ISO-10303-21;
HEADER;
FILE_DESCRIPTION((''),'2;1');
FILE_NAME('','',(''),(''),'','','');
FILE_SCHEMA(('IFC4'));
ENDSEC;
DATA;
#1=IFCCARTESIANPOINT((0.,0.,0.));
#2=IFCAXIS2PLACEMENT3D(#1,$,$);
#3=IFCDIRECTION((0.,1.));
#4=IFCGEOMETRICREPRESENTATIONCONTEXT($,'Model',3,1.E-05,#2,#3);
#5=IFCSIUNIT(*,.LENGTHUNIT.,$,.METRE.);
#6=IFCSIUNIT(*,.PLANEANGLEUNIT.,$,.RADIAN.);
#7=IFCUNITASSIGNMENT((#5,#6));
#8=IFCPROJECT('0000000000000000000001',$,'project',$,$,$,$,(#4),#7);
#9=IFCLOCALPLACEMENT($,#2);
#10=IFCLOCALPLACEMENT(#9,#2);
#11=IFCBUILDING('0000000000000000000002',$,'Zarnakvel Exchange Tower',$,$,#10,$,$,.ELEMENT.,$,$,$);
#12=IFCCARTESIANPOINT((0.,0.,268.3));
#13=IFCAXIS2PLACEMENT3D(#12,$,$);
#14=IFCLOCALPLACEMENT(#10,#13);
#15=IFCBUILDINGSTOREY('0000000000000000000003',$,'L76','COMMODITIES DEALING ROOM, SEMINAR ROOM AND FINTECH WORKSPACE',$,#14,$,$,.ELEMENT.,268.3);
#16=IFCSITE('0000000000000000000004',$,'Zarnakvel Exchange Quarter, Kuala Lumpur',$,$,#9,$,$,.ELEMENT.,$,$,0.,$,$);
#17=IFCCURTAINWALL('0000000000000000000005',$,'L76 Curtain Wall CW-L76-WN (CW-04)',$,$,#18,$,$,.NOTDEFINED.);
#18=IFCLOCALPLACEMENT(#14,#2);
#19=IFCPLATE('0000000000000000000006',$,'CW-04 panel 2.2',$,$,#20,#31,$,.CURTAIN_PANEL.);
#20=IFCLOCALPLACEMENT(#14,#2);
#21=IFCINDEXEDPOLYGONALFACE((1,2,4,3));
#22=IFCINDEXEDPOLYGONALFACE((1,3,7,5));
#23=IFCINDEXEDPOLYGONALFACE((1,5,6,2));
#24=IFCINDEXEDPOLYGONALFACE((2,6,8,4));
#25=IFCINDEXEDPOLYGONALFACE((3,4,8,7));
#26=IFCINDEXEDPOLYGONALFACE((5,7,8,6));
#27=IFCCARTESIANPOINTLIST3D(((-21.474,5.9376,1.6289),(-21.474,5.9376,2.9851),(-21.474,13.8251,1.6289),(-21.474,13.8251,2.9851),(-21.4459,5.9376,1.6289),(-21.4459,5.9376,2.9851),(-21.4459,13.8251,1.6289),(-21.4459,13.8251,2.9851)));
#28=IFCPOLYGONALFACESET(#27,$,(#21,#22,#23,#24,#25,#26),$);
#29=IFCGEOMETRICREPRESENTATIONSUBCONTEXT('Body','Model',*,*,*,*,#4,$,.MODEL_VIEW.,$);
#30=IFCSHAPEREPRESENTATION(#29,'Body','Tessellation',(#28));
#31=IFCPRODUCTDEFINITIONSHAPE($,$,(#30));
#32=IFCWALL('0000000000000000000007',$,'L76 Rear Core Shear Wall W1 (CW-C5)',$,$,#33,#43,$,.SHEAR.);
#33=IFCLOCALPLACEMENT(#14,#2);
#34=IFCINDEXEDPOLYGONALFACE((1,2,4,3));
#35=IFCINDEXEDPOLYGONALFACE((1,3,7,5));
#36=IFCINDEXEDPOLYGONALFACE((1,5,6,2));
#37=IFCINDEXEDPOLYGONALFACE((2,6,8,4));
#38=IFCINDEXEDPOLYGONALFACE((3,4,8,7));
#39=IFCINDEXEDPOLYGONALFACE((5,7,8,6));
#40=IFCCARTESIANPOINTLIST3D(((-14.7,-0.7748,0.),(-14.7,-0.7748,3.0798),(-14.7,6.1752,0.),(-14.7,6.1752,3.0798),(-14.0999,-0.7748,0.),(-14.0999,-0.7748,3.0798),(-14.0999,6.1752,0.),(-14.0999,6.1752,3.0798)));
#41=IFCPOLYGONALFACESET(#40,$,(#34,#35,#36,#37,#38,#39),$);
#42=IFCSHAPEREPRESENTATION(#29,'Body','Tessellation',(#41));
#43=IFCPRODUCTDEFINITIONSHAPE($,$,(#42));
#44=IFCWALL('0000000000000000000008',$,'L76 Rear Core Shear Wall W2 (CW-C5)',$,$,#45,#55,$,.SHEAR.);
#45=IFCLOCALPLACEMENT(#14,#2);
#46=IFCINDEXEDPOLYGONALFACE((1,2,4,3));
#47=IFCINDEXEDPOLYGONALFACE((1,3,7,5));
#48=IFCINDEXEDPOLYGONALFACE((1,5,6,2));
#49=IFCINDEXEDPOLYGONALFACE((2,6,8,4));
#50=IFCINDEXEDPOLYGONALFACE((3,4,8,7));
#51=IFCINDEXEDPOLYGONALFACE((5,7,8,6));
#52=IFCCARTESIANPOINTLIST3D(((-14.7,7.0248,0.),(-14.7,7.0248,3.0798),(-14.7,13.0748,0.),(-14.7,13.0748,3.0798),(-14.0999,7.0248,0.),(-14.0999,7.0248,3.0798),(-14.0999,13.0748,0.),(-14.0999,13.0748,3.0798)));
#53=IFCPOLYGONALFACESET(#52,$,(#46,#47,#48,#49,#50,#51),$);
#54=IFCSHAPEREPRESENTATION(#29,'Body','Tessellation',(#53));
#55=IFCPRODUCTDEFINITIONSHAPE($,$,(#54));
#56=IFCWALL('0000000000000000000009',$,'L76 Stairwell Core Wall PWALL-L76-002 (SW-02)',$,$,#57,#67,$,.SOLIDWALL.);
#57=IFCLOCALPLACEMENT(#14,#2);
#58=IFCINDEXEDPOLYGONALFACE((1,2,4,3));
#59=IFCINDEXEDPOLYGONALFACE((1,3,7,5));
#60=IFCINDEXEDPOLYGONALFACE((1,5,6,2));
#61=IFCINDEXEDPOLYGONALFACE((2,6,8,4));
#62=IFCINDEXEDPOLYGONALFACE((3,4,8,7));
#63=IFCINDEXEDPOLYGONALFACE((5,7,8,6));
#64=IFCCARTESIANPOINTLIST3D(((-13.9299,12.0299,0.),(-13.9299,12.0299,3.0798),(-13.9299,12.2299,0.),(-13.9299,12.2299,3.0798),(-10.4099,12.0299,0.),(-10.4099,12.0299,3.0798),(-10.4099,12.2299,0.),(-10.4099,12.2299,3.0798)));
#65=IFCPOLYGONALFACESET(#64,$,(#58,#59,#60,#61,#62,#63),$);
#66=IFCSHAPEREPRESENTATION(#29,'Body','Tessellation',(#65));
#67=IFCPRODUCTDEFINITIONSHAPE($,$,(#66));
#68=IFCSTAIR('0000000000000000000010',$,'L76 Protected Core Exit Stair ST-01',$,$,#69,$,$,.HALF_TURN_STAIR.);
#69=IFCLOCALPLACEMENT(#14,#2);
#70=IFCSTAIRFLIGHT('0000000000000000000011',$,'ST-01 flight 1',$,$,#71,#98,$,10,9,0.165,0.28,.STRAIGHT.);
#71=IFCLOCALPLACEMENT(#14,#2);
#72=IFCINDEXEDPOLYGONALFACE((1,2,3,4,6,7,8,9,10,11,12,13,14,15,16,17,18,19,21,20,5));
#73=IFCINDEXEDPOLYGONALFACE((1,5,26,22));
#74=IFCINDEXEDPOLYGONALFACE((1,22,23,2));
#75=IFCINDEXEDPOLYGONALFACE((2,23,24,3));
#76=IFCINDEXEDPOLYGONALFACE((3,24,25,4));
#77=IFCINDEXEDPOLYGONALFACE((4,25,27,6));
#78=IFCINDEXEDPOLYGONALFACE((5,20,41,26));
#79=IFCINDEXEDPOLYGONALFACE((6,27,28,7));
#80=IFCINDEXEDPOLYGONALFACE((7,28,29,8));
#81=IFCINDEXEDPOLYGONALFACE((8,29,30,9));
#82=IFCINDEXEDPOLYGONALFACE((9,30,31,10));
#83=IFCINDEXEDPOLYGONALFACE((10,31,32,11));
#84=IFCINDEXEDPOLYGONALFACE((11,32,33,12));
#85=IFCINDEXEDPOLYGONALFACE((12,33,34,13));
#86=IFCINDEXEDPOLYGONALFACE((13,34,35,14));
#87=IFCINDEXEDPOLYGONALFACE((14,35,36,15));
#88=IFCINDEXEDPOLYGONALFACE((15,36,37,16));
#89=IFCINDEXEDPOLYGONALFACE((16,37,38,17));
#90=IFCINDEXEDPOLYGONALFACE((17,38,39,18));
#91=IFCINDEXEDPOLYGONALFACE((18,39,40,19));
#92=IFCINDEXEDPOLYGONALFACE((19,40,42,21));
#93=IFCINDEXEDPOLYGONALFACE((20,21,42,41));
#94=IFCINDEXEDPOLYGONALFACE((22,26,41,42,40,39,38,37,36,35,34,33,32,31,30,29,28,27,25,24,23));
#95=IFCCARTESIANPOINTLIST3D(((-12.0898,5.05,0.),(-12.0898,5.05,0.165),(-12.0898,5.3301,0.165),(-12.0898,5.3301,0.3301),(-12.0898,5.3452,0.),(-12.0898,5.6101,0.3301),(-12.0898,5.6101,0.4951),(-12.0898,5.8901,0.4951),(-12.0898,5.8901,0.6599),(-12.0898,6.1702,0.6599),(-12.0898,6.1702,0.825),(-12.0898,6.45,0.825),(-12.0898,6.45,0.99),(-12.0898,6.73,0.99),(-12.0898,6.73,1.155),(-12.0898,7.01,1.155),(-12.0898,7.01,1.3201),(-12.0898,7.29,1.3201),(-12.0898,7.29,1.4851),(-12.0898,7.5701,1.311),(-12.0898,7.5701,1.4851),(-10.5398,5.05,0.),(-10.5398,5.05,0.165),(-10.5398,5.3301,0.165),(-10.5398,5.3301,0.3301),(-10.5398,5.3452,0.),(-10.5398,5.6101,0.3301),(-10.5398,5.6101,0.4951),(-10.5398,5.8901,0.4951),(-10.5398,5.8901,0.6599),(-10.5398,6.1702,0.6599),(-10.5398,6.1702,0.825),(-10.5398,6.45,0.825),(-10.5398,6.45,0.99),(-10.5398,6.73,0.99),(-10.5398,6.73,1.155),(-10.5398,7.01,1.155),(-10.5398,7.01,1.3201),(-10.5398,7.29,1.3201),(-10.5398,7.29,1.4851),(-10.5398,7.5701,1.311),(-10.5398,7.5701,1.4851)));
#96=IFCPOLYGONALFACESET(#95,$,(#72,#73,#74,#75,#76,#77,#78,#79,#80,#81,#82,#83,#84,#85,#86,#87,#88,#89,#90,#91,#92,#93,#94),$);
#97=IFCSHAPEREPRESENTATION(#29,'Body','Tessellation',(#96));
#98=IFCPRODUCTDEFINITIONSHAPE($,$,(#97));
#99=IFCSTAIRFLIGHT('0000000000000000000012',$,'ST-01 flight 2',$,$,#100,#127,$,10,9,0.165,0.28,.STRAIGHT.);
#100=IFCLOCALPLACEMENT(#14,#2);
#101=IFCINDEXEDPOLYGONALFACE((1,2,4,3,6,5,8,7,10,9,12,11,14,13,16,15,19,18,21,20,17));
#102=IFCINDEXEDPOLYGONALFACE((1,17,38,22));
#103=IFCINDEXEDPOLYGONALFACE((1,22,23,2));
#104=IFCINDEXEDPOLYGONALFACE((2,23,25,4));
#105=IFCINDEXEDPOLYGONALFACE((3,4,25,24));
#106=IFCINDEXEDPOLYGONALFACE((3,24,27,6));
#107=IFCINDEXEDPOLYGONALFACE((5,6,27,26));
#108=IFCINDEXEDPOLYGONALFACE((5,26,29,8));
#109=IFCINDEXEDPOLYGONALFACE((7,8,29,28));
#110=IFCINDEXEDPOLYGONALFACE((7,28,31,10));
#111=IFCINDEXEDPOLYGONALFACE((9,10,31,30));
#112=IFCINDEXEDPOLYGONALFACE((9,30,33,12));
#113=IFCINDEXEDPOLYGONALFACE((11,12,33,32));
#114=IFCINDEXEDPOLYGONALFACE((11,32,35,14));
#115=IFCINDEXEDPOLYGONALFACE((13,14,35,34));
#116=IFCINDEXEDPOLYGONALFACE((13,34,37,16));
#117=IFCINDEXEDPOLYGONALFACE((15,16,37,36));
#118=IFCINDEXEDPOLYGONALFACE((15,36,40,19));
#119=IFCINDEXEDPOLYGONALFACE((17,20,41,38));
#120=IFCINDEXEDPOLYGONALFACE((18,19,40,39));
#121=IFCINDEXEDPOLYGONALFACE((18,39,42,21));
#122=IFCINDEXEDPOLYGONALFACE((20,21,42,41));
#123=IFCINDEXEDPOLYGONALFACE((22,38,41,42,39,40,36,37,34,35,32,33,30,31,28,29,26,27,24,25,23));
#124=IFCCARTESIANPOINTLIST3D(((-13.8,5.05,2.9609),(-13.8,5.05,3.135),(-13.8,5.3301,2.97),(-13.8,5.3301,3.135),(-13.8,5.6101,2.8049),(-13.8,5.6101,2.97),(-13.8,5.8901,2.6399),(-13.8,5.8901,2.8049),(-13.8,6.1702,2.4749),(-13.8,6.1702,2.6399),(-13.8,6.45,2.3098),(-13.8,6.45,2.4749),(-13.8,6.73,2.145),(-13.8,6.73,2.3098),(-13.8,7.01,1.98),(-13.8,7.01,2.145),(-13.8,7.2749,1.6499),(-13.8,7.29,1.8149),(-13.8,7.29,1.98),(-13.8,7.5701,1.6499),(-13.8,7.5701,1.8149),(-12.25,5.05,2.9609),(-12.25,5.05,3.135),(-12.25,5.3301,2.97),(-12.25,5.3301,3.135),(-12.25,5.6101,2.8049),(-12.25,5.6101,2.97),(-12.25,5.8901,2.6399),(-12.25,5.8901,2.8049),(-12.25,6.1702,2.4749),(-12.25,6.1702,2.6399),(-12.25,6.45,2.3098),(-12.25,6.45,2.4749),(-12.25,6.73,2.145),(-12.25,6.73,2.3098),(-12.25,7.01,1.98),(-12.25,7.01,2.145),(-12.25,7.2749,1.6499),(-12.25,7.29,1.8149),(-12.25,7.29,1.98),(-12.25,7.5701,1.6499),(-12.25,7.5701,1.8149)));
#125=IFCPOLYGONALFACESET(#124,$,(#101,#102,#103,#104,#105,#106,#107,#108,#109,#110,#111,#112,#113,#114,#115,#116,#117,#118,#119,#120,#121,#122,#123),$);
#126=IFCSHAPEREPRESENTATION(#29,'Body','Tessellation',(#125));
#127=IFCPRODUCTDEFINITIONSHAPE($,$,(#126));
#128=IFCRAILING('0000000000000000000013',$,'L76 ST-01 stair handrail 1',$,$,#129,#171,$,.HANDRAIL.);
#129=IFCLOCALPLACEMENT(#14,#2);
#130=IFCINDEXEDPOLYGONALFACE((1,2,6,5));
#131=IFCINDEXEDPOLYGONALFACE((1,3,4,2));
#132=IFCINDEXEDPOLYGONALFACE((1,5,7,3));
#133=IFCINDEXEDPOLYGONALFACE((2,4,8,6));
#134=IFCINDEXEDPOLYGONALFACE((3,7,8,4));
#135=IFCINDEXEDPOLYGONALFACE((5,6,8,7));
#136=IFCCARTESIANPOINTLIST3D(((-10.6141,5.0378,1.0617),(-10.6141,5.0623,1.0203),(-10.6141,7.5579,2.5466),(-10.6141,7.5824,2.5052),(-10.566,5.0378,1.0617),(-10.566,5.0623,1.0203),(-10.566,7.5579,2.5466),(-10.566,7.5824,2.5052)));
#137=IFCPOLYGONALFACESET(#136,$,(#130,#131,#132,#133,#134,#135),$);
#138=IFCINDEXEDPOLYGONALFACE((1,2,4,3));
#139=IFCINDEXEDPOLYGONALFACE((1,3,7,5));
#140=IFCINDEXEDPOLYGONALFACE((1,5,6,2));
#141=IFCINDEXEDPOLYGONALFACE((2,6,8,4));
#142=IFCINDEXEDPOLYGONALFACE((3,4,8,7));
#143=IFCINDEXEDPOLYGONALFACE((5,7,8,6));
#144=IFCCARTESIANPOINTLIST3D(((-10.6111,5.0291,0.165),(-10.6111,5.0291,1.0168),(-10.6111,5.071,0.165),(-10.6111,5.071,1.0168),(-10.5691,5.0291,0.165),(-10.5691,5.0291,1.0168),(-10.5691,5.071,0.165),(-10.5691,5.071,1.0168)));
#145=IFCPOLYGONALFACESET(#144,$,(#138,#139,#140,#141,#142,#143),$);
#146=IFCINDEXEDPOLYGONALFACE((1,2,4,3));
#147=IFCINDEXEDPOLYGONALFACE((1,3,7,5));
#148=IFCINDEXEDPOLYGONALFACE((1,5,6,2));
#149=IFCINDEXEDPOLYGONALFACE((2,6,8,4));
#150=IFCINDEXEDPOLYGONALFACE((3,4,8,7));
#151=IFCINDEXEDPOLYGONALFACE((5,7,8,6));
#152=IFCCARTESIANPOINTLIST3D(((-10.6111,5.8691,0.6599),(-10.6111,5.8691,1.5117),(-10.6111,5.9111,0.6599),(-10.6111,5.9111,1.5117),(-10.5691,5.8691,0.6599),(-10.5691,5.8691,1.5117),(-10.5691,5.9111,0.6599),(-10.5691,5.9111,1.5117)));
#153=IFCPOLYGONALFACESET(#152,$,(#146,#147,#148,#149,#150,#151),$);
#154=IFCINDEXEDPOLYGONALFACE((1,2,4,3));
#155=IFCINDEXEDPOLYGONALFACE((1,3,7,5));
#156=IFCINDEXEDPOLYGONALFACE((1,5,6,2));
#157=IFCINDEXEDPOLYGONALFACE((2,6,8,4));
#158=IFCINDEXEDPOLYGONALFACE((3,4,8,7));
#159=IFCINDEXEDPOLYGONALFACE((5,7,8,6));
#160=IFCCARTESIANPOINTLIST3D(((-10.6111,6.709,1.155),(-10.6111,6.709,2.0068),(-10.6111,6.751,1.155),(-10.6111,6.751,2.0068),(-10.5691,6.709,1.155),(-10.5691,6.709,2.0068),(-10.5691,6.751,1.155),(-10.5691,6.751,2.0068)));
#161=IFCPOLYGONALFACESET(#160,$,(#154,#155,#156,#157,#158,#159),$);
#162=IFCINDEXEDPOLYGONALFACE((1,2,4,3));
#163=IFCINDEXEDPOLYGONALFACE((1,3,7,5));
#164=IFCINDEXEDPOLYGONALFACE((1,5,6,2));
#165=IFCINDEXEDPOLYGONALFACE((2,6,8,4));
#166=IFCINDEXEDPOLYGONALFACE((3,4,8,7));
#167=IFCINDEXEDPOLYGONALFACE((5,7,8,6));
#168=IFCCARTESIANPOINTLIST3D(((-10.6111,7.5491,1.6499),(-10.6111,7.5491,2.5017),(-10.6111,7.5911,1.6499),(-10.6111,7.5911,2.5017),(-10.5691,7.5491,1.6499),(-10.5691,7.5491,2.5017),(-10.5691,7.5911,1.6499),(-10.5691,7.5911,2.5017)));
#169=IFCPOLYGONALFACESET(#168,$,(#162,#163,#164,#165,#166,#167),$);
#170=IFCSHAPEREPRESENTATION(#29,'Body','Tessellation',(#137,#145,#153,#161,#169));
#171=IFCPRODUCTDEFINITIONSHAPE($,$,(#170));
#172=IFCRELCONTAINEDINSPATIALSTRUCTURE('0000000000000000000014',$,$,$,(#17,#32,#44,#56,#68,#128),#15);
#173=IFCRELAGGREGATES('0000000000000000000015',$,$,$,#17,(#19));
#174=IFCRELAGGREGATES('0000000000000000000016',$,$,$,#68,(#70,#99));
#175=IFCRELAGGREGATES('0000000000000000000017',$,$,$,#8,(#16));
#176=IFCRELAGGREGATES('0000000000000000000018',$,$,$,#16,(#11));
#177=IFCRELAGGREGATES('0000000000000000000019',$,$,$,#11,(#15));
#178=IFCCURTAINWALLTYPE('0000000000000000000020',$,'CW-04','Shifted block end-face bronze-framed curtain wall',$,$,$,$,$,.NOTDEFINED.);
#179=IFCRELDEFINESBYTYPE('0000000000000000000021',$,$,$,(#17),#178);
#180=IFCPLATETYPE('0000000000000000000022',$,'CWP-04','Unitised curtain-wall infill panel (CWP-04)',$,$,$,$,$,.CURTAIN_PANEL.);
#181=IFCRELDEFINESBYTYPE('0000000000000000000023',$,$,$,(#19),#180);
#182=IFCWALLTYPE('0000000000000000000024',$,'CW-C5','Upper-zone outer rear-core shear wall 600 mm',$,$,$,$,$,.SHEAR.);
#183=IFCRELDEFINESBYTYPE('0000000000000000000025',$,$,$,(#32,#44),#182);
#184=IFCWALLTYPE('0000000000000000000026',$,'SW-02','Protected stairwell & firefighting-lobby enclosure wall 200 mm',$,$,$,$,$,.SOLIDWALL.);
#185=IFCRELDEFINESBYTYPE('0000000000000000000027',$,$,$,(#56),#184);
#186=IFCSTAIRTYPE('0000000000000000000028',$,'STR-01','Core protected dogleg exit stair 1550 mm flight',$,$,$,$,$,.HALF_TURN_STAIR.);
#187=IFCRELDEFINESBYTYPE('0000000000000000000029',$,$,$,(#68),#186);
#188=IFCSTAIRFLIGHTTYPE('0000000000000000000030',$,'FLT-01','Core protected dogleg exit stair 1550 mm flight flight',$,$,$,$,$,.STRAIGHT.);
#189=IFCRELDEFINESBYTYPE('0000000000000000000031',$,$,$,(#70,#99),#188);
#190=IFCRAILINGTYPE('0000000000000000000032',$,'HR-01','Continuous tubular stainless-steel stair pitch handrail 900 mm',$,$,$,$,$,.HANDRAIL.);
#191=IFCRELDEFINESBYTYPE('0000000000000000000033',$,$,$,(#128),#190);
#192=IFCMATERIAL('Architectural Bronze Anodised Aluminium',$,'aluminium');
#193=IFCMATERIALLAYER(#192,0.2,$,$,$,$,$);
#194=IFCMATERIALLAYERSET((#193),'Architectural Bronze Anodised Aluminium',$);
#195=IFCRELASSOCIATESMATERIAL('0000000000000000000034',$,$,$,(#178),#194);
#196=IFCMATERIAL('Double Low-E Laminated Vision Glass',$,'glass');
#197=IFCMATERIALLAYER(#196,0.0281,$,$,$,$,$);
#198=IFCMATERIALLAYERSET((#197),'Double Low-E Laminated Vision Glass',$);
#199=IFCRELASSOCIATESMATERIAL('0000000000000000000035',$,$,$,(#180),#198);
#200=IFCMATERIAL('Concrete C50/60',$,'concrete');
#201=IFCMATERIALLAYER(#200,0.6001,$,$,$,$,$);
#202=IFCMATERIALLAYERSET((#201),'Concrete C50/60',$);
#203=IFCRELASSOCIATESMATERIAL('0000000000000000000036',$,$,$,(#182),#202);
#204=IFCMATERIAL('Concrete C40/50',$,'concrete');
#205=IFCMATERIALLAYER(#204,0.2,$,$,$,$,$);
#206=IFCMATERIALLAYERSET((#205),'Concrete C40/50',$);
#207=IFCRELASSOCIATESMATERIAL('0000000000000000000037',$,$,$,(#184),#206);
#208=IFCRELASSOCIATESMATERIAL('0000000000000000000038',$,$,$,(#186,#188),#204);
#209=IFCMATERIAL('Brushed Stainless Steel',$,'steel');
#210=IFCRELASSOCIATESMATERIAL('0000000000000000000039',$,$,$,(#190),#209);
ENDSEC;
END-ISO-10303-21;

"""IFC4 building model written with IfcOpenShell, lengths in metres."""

from ifc_helpers import new_model, si_unit, direction, frame, frame_2d, origin, origin_2d, place, context, subcontext, project, spatial, polyline, rectangle, outline, extrude, source, transform, mapped, material, layer, layer_set, type_object, element, aggregate, save


model = new_model("IFC4")

# Units and contexts
model_context = context("Model", 3, precision=1e-05, world=origin(), true_north=direction((0.0, 1.0)))
body_context = subcontext(model_context, "Body", "Model", "MODEL_VIEW")
ifc_project = project(units=[si_unit("LENGTHUNIT", "METRE"), si_unit("PLANEANGLEUNIT", "RADIAN")], contexts=[model_context])

# Site, building, storey
site_placement = place(None, origin())
site = spatial("IfcSite", under=ifc_project, at=site_placement, Name="Zarnakvel Exchange Quarter, Kuala Lumpur", CompositionType="ELEMENT", RefElevation=0.0)
building_placement = place(site_placement, origin())
building = spatial("IfcBuilding", under=site, at=building_placement, Name="Zarnakvel Exchange Tower", CompositionType="ELEMENT")
storey_placement = place(building_placement, frame((0.0, 0.0, 268.3)))
storey = spatial("IfcBuildingStorey", under=building, at=storey_placement, Name="L76", Description="COMMODITIES DEALING ROOM, SEMINAR ROOM AND FINTECH WORKSPACE", CompositionType="ELEMENT", Elevation=268.3)

# Shared definitions
ifc_material_1 = material(Name="Concrete C50/60", Category="concrete")

# Curtain wall, plate
ifc_material_2 = material(Name="Architectural Bronze Anodised Aluminium", Category="aluminium")
ifc_layer_1 = layer(ifc_material_2, 0.2)
ifc_layer_set_1 = layer_set([ifc_layer_1], Name="Architectural Bronze Anodised Aluminium")
curtain_wall_type = type_object("IfcCurtainWallType", Name="CW-04", Description="Shifted block end-face bronze-framed curtain wall", PredefinedType="NOTDEFINED", material=ifc_layer_set_1)
curtain_wall_placement = place(storey_placement, origin())
curtain_wall = element("IfcCurtainWall", 1, at=curtain_wall_placement, inside=storey, type_object=curtain_wall_type, Name="L76 Curtain Wall CW-L76-WN (CW-04)", PredefinedType="NOTDEFINED")
ifc_material_3 = material(Name="Double Low-E Laminated Vision Glass", Category="glass")
ifc_layer_2 = layer(ifc_material_3, 0.0281)
ifc_layer_set_2 = layer_set([ifc_layer_2], Name="Double Low-E Laminated Vision Glass")
plate_type = type_object("IfcPlateType", Name="CWP-04", Description="Unitised curtain-wall infill panel (CWP-04)", PredefinedType="CURTAIN_PANEL", material=ifc_layer_set_2)
shared_shape_1 = source(origin(), body_context, "Body", "SweptSolid", [
    extrude(rectangle(XDim=7.8875, YDim=0.0281, at=origin_2d()), origin(), (0.0, 0.0, 1.0), 1.3562),
])
plate_1_placement = place(storey_placement, frame((-21.46, 9.8813, 1.6289), z_axis=(0.0, 0.0, 1.0), x_axis=(0.0, 1.0, 0.0)))
plate_1 = element("IfcPlate", 2, at=plate_1_placement, type_object=plate_type, Name="CW-04 panel 2.2", PredefinedType="CURTAIN_PANEL", context=body_context, shape_type="MappedRepresentation", body=[
    mapped(shared_shape_1, transform((0.0, 0.0, 0.0), x_axis=(1.0, 0.0, 0.0), y_axis=(0.0, 1.0, 0.0), z_axis=(0.0, 0.0, 1.0), scale=1.0)),
])
aggregate(curtain_wall, [plate_1])

# Walls
ifc_layer_3 = layer(ifc_material_1, 0.6001)
ifc_layer_set_3 = layer_set([ifc_layer_3], Name="Concrete C50/60")
wall_type_1 = type_object("IfcWallType", Name="CW-C5", Description="Upper-zone outer rear-core shear wall 600 mm", PredefinedType="SHEAR", material=ifc_layer_set_3)
wall_1_placement = place(storey_placement, frame((-14.3999, -0.7749, 0.0), z_axis=(0.0, 0.0, 1.0), x_axis=(0.0, 1.0, 0.0)))
element("IfcWall", 3, at=wall_1_placement, inside=storey, type_object=wall_type_1, Name="L76 Rear Core Shear Wall W1 (CW-C5)", PredefinedType="SHEAR", context=body_context, shape_type="SweptSolid", body=[
    extrude(rectangle(XDim=6.95, YDim=0.6001, at=frame_2d((3.4751, 0.0))), origin(), (0.0, 0.0, 1.0), 3.0798),
])
wall_2_placement = place(storey_placement, frame((-14.3999, 7.0249, 0.0), z_axis=(0.0, 0.0, 1.0), x_axis=(0.0, 1.0, 0.0)))
element("IfcWall", 4, at=wall_2_placement, inside=storey, type_object=wall_type_1, Name="L76 Rear Core Shear Wall W2 (CW-C5)", PredefinedType="SHEAR", context=body_context, shape_type="SweptSolid", body=[
    extrude(rectangle(XDim=6.05, YDim=0.6001, at=frame_2d((3.0249, 0.0))), origin(), (0.0, 0.0, 1.0), 3.0798),
])

# Shared definitions
ifc_material_4 = material(Name="Concrete C40/50", Category="concrete")
ifc_layer_4 = layer(ifc_material_4, 0.2)
ifc_layer_set_4 = layer_set([ifc_layer_4], Name="Concrete C40/50")
wall_type_2 = type_object("IfcWallType", Name="SW-02", Description="Protected stairwell & firefighting-lobby enclosure wall 200 mm", PredefinedType="SOLIDWALL", material=ifc_layer_set_4)

# Wall
wall_3_placement = place(storey_placement, frame((-13.9299, 12.1299, 0.0), z_axis=(0.0, 0.0, 1.0), x_axis=(1.0, 0.0, 0.0)))
element("IfcWall", 5, at=wall_3_placement, inside=storey, type_object=wall_type_2, Name="L76 Stairwell Core Wall PWALL-L76-002 (SW-02)", PredefinedType="SOLIDWALL", context=body_context, shape_type="SweptSolid", body=[
    extrude(rectangle(XDim=3.52, YDim=0.2, at=frame_2d((1.76, 0.0))), origin(), (0.0, 0.0, 1.0), 3.0798),
])

# Stair, stair flights
stair_type = type_object("IfcStairType", Name="STR-01", Description="Core protected dogleg exit stair 1550 mm flight", PredefinedType="HALF_TURN_STAIR", material=ifc_material_4)
stair_placement = place(storey_placement, origin())
stair = element("IfcStair", 6, at=stair_placement, inside=storey, type_object=stair_type, Name="L76 Protected Core Exit Stair ST-01", PredefinedType="HALF_TURN_STAIR")
stair_flight_type = type_object("IfcStairFlightType", Name="FLT-01", Description="Core protected dogleg exit stair 1550 mm flight flight", PredefinedType="STRAIGHT", material=ifc_material_4)
stair_flight_1_placement = place(storey_placement, frame((-11.3149, 5.05, 0.0), z_axis=(0.0, 0.0, 1.0), x_axis=(0.0, 1.0, 0.0)))
stair_flight_1 = element("IfcStairFlight", 7, at=stair_flight_1_placement, type_object=stair_flight_type, Name="ST-01 flight 1", NumberOfRisers=10, NumberOfTreads=9, PredefinedType="STRAIGHT", RiserHeight=0.165, TreadLength=0.28, context=body_context, shape_type="SweptSolid", body=[
    extrude(outline(polyline([(0.0, 0.0), (0.0, 0.165), (0.28, 0.165), (0.28, 0.3301), (0.5601, 0.3301), (0.5601, 0.4951), (0.8401, 0.4951), (0.8401, 0.6599), (1.1201, 0.6599), (1.1201, 0.825), (1.3999, 0.825), (1.3999, 0.99), (1.6799, 0.99), (1.6799, 1.155), (1.96, 1.155), (1.96, 1.3201), (2.24, 1.3201), (2.24, 1.4851), (2.52, 1.4851), (2.52, 1.6499), (2.52, 1.311), (0.2952, 0.0), (0.0, 0.0)])), frame((0.0, 0.7749, 0.0), z_axis=(0.0, -1.0, 0.0), x_axis=(1.0, 0.0, 0.0)), (0.0, 0.0, 1.0), 1.55),
])
stair_flight_2_placement = place(storey_placement, frame((-13.0249, 7.5701, 1.6499), z_axis=(0.0, 0.0, 1.0), x_axis=(0.0, -1.0, 0.0)))
stair_flight_2 = element("IfcStairFlight", 8, at=stair_flight_2_placement, type_object=stair_flight_type, Name="ST-01 flight 2", NumberOfRisers=10, NumberOfTreads=9, PredefinedType="STRAIGHT", RiserHeight=0.165, TreadLength=0.28, context=body_context, shape_type="SweptSolid", body=[
    extrude(outline(polyline([(0.0, 0.0), (0.0, 0.165), (0.28, 0.165), (0.28, 0.3301), (0.5601, 0.3301), (0.5601, 0.4951), (0.8401, 0.4951), (0.8401, 0.6599), (1.1201, 0.6599), (1.1201, 0.825), (1.3999, 0.825), (1.3999, 0.99), (1.6799, 0.99), (1.6799, 1.155), (1.96, 1.155), (1.96, 1.3201), (2.24, 1.3201), (2.24, 1.4851), (2.52, 1.4851), (2.52, 1.6499), (2.52, 1.311), (0.2952, 0.0), (0.0, 0.0)])), frame((0.0, 0.7749, 0.0), z_axis=(0.0, -1.0, 0.0), x_axis=(1.0, 0.0, 0.0)), (0.0, 0.0, 1.0), 1.55),
])
aggregate(stair, [stair_flight_1, stair_flight_2])

# Railing
ifc_material_5 = material(Name="Brushed Stainless Steel", Category="steel")
railing_type_1 = type_object("IfcRailingType", Name="HR-01", Description="Continuous tubular stainless-steel stair pitch handrail 900 mm", PredefinedType="HANDRAIL", material=ifc_material_5)
railing_1_placement = place(storey_placement, frame((-10.5901, 5.05, 0.165)))
element("IfcRailing", 9, at=railing_1_placement, inside=storey, type_object=railing_type_1, Name="L76 ST-01 stair handrail 1", PredefinedType="HANDRAIL", context=body_context, shape_type="SweptSolid", body=[
    extrude(rectangle(XDim=0.0481, YDim=0.0481, at=origin_2d()), frame((0.0, 0.0, 0.876), z_axis=(0.0, 0.861561, 0.507655), x_axis=(-1.0, 0.0, 0.0)), (0.0, 0.0, 1.0), 2.925),
    extrude(rectangle(XDim=0.042, YDim=0.042, at=origin_2d()), origin(), (0.0, 0.0, 1.0), 0.8518),
    extrude(rectangle(XDim=0.042, YDim=0.042, at=origin_2d()), frame((0.0, 0.8401, 0.4949)), (0.0, 0.0, 1.0), 0.8518),
    extrude(rectangle(XDim=0.042, YDim=0.042, at=origin_2d()), frame((0.0, 1.6799, 0.99)), (0.0, 0.0, 1.0), 0.8518),
    extrude(rectangle(XDim=0.042, YDim=0.042, at=origin_2d()), frame((0.0, 2.52, 1.4849)), (0.0, 0.0, 1.0), 0.8518),
])

save(model, "model.ifc")
